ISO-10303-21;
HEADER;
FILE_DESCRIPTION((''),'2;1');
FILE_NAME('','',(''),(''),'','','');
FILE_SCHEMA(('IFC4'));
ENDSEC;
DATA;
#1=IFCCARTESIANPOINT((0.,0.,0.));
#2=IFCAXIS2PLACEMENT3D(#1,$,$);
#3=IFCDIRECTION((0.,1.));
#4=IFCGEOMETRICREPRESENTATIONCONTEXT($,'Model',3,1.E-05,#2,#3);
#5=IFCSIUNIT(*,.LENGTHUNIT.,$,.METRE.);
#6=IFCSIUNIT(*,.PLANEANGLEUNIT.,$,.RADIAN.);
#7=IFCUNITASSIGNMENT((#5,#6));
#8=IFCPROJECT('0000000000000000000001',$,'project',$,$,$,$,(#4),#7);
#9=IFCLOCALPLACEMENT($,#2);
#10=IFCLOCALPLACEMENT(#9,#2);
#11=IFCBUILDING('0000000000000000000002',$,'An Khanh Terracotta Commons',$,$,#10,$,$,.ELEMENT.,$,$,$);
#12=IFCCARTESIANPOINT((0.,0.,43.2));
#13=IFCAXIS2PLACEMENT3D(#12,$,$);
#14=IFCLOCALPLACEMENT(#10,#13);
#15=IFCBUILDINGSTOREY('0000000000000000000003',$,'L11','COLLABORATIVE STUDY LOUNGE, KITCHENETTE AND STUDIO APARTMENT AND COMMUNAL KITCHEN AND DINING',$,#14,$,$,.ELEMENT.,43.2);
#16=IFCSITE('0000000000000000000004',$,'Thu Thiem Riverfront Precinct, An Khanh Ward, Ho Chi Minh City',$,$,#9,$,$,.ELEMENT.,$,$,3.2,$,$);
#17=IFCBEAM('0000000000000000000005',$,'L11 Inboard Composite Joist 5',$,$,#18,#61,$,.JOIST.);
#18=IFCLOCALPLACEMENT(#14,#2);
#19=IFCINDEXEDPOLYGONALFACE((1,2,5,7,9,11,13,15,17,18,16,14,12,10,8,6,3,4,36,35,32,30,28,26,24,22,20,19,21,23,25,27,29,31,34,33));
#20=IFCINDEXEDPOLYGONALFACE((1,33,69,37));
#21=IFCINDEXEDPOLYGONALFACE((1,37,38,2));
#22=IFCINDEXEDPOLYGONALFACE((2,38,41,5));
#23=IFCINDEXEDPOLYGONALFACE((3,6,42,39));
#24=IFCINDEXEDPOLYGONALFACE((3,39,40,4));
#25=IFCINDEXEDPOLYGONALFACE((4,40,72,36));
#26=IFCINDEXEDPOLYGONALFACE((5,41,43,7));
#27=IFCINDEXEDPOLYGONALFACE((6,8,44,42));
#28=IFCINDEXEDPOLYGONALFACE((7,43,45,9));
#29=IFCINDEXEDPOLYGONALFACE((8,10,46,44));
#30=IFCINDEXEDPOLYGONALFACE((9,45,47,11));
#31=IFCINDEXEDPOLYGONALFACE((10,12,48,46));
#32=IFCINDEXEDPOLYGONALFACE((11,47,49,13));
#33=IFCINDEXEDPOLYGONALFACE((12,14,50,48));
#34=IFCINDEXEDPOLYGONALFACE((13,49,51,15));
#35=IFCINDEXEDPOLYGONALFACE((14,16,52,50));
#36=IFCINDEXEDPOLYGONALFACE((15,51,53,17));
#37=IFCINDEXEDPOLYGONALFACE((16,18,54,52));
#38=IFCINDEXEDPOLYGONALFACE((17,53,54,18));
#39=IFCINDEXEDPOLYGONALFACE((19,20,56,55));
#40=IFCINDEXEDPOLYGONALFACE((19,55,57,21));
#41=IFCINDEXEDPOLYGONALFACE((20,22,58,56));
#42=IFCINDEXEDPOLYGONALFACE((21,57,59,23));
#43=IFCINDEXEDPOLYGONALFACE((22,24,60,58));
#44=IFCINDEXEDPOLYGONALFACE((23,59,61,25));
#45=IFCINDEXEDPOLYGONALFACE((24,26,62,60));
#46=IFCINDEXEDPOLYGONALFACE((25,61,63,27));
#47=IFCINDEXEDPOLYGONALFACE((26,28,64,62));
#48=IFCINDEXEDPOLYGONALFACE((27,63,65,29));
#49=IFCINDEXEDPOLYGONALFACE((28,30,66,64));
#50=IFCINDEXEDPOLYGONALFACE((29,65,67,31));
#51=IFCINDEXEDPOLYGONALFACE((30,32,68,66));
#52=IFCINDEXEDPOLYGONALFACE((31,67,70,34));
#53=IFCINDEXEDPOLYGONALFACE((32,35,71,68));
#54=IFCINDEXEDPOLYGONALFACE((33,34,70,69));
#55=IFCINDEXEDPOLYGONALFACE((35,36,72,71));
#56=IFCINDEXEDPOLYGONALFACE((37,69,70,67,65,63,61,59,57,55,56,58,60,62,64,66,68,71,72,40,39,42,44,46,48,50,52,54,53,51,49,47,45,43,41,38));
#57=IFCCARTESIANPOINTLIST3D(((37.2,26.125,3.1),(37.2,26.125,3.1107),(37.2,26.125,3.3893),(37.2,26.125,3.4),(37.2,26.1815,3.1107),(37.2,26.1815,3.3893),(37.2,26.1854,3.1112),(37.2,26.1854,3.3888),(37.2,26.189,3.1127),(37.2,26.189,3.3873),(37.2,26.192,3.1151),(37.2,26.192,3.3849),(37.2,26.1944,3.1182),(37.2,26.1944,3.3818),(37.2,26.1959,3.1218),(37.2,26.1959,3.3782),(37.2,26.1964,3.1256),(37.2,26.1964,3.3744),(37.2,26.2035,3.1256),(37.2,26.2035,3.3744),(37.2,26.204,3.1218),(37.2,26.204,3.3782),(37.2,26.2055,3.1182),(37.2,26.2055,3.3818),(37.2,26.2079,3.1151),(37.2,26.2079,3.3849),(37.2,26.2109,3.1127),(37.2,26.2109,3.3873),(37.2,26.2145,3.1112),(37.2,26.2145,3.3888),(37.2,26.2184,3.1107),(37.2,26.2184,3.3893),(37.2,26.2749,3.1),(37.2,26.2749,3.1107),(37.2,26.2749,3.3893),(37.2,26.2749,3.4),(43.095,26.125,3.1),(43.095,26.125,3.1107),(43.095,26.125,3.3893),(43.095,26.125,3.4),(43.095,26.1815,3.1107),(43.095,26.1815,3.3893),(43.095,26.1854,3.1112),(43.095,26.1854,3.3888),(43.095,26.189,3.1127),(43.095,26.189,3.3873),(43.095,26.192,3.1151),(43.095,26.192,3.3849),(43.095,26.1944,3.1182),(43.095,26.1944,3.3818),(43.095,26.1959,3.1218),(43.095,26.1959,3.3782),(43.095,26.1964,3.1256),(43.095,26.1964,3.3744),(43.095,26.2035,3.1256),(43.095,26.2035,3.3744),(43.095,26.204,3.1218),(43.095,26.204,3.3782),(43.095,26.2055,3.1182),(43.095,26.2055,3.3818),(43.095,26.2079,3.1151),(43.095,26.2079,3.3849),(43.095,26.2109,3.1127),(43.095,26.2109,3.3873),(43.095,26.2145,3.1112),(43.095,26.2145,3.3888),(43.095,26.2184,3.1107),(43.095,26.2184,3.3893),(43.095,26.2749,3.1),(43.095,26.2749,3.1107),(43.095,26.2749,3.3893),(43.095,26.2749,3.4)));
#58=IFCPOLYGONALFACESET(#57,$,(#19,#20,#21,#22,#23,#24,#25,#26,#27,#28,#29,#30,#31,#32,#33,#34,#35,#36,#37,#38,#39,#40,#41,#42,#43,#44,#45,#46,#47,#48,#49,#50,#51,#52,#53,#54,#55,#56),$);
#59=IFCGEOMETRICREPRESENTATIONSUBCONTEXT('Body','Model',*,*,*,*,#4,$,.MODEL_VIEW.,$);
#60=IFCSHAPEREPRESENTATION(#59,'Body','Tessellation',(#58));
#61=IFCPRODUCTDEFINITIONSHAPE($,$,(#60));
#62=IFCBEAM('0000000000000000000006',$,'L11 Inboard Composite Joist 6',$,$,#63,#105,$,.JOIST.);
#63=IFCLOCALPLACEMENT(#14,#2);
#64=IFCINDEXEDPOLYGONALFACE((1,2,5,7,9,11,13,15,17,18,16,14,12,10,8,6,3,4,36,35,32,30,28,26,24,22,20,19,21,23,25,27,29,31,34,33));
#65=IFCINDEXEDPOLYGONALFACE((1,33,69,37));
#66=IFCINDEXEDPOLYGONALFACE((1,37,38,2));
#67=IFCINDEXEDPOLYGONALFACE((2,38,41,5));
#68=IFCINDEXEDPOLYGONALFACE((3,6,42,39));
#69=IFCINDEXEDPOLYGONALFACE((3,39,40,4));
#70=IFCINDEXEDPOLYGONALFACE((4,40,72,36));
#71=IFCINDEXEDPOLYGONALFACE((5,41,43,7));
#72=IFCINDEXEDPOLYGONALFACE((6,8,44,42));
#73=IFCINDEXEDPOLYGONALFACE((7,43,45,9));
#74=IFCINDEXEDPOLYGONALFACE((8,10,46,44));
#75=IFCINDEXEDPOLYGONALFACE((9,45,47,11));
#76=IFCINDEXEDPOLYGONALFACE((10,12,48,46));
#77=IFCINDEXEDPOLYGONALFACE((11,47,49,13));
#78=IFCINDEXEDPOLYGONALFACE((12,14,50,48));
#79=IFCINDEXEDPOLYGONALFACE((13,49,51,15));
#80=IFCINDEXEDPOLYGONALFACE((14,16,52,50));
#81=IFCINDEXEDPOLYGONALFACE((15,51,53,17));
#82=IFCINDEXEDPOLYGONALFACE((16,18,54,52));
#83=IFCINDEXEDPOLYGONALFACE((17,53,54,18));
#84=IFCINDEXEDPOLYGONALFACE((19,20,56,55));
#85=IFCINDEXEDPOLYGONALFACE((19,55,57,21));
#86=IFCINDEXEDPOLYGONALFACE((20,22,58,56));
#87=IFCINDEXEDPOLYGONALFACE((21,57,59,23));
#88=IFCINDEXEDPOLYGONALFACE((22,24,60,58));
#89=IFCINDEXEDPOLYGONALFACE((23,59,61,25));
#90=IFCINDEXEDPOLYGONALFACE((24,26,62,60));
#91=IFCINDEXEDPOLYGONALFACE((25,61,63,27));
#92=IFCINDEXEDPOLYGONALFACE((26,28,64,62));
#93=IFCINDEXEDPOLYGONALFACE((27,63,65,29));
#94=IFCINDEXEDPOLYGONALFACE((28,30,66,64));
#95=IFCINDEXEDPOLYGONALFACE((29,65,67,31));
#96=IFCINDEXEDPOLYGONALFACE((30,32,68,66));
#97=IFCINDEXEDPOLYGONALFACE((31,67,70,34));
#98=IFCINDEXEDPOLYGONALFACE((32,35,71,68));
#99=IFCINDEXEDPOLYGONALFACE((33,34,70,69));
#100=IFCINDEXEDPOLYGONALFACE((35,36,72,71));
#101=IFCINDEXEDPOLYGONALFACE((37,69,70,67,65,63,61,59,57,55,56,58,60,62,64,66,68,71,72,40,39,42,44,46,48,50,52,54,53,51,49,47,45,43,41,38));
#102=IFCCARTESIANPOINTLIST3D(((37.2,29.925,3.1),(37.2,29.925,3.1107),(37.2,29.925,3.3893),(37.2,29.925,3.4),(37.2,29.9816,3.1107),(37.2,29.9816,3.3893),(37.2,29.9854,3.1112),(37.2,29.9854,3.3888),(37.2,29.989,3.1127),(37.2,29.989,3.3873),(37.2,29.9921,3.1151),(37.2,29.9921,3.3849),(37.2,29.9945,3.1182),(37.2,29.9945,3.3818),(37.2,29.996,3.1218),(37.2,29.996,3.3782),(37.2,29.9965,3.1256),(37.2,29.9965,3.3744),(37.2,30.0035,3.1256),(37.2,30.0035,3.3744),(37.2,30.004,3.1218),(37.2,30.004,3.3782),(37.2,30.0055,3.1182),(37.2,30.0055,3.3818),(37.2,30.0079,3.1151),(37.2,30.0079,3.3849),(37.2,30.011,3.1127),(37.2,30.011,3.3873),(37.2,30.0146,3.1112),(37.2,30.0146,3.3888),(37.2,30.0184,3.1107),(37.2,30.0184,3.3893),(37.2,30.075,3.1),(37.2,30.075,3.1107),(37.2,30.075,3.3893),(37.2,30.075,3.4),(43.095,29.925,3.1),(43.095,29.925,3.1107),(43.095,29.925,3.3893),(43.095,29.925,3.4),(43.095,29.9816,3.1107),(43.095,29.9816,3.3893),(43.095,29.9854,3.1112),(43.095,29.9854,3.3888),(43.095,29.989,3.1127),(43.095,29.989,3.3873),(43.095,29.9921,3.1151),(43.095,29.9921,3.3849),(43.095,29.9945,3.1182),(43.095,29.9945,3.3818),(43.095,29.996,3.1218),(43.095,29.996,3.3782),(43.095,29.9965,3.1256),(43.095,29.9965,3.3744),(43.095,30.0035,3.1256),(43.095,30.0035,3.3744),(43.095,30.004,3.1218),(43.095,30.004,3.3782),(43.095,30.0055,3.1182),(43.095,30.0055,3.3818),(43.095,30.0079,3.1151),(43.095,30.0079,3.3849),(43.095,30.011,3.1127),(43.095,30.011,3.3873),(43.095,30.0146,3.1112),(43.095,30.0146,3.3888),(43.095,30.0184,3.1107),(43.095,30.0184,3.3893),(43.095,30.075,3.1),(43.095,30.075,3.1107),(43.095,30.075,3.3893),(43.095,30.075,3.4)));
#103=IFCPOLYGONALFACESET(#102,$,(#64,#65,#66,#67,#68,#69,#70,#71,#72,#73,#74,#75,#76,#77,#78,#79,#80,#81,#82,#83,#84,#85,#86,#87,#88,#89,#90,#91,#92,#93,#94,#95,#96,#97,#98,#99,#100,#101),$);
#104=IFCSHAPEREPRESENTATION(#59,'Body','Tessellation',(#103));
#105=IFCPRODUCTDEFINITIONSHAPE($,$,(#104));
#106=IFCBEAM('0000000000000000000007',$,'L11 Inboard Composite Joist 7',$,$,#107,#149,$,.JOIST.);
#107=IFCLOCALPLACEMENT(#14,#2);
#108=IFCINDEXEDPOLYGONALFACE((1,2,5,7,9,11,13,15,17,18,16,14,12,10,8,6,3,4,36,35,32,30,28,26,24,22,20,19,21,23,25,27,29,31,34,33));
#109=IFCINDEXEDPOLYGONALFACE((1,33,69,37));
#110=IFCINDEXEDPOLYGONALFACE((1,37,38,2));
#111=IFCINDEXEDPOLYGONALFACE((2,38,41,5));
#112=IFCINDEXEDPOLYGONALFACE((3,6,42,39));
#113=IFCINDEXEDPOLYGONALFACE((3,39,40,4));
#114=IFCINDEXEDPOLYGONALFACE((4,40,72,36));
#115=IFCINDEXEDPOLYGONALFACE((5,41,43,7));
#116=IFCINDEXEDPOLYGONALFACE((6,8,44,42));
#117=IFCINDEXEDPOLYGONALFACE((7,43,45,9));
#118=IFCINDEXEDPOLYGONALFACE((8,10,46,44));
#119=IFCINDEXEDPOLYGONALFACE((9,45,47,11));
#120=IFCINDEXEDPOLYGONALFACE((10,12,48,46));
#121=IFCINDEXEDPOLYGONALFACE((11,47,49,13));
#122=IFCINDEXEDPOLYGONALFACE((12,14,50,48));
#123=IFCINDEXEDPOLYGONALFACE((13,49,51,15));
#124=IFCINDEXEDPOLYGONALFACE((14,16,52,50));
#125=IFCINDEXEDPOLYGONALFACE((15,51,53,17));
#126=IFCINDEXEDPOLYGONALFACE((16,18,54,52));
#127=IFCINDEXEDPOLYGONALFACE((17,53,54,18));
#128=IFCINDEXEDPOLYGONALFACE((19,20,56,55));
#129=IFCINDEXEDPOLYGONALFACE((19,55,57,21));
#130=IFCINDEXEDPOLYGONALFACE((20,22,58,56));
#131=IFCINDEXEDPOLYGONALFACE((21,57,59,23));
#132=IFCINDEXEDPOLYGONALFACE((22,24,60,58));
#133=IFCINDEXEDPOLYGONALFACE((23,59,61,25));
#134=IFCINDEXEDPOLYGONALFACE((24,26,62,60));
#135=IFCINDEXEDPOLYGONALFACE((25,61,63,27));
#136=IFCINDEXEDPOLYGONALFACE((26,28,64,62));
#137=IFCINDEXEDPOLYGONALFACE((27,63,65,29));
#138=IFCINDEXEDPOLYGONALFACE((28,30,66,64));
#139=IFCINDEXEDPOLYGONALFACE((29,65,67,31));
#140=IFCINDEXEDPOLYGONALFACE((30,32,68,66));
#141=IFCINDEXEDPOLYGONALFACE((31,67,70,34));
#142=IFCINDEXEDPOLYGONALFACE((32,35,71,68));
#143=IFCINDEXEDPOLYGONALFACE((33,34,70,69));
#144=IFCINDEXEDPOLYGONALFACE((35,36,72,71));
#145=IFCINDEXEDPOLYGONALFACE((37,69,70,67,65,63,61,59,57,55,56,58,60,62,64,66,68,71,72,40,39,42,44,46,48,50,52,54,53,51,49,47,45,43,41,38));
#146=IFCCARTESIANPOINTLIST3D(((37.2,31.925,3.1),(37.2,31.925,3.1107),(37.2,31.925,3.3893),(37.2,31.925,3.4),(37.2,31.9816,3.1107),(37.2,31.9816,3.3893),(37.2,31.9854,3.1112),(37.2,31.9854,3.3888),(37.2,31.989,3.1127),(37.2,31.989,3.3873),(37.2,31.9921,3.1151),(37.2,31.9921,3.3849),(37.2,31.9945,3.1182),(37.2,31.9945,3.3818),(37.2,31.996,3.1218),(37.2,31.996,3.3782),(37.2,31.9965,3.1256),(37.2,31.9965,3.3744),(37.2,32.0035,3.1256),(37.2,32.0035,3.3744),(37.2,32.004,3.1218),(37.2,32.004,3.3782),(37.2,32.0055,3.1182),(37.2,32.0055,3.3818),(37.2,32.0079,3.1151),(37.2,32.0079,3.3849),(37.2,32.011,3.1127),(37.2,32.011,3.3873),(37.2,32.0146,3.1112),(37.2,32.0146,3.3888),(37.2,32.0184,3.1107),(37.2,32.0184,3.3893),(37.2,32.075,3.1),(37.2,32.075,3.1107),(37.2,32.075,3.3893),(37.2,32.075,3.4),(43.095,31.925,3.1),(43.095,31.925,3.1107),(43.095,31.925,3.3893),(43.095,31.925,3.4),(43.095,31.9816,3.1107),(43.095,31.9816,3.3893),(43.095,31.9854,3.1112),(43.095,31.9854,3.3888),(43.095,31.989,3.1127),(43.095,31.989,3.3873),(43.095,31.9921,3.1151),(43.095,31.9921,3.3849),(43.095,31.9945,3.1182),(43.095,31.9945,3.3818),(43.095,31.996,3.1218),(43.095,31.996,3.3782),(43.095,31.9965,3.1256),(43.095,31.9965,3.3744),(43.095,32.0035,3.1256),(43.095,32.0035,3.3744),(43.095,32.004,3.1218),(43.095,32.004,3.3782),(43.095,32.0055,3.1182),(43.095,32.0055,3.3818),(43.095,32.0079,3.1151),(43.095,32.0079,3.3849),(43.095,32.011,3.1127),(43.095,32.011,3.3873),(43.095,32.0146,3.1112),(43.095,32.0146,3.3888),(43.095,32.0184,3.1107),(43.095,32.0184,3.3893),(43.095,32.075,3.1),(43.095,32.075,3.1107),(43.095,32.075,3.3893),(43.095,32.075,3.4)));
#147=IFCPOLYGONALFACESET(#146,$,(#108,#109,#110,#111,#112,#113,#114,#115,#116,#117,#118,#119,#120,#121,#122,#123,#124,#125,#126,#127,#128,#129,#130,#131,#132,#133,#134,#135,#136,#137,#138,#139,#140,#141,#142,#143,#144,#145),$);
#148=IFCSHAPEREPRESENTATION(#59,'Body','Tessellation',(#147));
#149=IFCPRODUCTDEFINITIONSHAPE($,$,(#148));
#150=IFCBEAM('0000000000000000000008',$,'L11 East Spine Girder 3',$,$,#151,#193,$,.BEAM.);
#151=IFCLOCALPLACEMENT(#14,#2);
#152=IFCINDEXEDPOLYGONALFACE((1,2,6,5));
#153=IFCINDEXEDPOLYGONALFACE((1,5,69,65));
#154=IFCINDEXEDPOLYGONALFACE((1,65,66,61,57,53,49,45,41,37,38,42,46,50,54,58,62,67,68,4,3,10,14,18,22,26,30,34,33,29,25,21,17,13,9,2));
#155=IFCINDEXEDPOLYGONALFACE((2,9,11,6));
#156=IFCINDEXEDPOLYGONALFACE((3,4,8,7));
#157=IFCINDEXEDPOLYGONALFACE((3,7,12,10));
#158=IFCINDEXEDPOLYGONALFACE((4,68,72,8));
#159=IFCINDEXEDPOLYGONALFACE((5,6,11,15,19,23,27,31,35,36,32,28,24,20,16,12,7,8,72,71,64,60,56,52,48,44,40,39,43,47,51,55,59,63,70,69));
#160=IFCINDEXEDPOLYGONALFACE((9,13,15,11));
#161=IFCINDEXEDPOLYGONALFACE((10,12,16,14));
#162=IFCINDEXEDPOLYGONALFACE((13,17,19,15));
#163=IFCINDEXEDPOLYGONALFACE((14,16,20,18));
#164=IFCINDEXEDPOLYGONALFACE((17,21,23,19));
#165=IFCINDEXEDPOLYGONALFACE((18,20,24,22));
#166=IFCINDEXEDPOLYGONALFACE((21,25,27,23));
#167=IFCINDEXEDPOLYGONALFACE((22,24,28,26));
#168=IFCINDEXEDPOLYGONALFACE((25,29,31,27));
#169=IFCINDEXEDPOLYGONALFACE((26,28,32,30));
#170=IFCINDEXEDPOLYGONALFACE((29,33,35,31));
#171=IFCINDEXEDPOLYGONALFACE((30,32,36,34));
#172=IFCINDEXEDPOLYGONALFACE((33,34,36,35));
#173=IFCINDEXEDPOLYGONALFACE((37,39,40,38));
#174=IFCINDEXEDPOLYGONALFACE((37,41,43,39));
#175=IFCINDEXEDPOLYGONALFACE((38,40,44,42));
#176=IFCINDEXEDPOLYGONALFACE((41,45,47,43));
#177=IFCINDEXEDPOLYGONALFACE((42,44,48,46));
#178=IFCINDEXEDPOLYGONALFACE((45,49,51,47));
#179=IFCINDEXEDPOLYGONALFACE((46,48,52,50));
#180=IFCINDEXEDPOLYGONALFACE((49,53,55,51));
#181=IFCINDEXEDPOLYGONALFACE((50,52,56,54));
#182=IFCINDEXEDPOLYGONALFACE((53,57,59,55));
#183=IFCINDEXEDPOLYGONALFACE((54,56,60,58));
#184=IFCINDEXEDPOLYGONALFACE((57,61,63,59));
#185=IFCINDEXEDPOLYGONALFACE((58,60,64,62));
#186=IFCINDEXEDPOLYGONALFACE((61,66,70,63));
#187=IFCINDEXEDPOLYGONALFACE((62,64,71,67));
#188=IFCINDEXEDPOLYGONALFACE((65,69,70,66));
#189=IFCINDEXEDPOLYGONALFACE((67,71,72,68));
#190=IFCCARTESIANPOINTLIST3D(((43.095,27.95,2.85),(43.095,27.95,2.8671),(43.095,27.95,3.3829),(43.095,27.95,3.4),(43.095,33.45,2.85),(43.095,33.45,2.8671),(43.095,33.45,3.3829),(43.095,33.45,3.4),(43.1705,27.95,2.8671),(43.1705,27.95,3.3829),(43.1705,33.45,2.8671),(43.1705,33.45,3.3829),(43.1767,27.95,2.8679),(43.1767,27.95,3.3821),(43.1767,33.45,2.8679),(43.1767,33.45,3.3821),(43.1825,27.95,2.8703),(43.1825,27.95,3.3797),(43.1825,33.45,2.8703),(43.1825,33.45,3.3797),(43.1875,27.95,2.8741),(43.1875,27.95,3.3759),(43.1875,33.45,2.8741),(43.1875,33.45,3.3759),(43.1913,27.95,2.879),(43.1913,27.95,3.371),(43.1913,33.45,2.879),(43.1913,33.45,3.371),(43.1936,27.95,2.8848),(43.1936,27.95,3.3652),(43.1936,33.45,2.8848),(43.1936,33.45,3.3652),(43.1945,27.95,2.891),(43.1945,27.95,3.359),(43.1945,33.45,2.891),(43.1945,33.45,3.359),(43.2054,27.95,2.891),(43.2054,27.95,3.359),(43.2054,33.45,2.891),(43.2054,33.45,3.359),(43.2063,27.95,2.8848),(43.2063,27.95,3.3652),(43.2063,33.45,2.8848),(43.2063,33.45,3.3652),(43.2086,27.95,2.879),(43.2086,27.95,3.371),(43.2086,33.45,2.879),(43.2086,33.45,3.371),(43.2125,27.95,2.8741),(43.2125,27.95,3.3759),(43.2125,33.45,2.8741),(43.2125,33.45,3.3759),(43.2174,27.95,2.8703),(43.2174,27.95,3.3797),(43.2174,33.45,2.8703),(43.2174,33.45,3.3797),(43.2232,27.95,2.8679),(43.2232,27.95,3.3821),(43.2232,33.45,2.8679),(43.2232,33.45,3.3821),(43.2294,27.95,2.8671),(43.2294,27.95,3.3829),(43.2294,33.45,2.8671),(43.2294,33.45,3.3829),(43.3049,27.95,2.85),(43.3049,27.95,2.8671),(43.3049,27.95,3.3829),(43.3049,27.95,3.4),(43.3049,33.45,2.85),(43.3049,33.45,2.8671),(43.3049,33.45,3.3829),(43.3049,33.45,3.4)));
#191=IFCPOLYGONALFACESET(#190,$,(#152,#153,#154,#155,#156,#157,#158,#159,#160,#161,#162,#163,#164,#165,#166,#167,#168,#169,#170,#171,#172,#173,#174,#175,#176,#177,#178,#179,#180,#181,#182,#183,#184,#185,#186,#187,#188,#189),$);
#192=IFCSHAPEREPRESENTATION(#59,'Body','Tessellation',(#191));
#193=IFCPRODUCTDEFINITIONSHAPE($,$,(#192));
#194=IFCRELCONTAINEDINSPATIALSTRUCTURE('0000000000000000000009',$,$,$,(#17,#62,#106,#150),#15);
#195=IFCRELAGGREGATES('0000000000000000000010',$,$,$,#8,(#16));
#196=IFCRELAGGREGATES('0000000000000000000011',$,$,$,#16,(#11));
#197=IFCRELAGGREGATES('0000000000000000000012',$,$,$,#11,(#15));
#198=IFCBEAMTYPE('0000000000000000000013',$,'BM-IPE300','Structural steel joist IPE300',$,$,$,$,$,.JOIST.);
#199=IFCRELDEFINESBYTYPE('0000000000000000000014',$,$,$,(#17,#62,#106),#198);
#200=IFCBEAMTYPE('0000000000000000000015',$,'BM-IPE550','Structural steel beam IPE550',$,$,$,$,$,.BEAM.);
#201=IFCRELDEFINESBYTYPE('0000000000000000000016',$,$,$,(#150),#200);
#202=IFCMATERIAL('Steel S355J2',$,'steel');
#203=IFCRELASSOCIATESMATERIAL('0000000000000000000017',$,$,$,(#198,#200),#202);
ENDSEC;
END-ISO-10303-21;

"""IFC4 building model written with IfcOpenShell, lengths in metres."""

from ifc_helpers import new_model, si_unit, direction, frame, origin, origin_2d, place, context, subcontext, project, spatial, i_section, extrude, material, material_profile, profile_set, type_object, element, save


model = new_model("IFC4")

# Units and contexts
model_context = context("Model", 3, precision=1e-05, world=origin(), true_north=direction((0.0, 1.0)))
body_context = subcontext(model_context, "Body", "Model", "MODEL_VIEW")
ifc_project = project(units=[si_unit("LENGTHUNIT", "METRE"), si_unit("PLANEANGLEUNIT", "RADIAN")], contexts=[model_context])

# Site, building, storey
site_placement = place(None, origin())
site = spatial("IfcSite", under=ifc_project, at=site_placement, Name="Thu Thiem Riverfront Precinct, An Khanh Ward, Ho Chi Minh City", CompositionType="ELEMENT", RefElevation=3.2)
building_placement = place(site_placement, origin())
building = spatial("IfcBuilding", under=site, at=building_placement, Name="An Khanh Terracotta Commons", CompositionType="ELEMENT")
storey_placement = place(building_placement, frame((0.0, 0.0, 43.2)))
storey = spatial("IfcBuildingStorey", under=building, at=storey_placement, Name="L11", Description="COLLABORATIVE STUDY LOUNGE, KITCHENETTE AND STUDIO APARTMENT AND COMMUNAL KITCHEN AND DINING", CompositionType="ELEMENT", Elevation=43.2)

# Beams
ifc_material_1 = material(Name="Steel S355J2", Category="steel")
ifc_material_profile_1 = material_profile(ifc_material_1, i_section(OverallWidth=0.1499, OverallDepth=0.3, WebThickness=0.0071, FlangeThickness=0.0107, FilletRadius=0.0149, at=origin_2d()), Name="IPE300")
ifc_profile_set_1 = profile_set([ifc_material_profile_1], Name="Steel S355J2")
beam_type_1 = type_object("IfcBeamType", Name="BM-IPE300", Description="Structural steel joist IPE300", PredefinedType="JOIST", material=ifc_profile_set_1)
for number, where, z_axis, x_axis, name in (
    (1, (37.2, 26.2, 3.25), (1.0, 0.0, 0.0), (0.0, 1.0, 0.0), "L11 Inboard Composite Joist 5"),
    (2, (37.2, 30.0, 3.25), (1.0, 0.0, 0.0), (0.0, 1.0, 0.0), "L11 Inboard Composite Joist 6"),
    (3, (37.2, 32.0, 3.25), (1.0, 0.0, 0.0), (0.0, 1.0, 0.0), "L11 Inboard Composite Joist 7"),
):
    element("IfcBeam", number, at=place(storey_placement, frame(where, z_axis=z_axis, x_axis=x_axis)), inside=storey, type_object=beam_type_1, Name=name, PredefinedType="JOIST", context=body_context, shape_type="SweptSolid", body=[
        extrude(i_section(OverallWidth=0.1499, OverallDepth=0.3, WebThickness=0.0071, FlangeThickness=0.0107, FilletRadius=0.0149, at=origin_2d()), origin(), (0.0, 0.0, 1.0), 5.895),
    ])
ifc_material_profile_2 = material_profile(ifc_material_1, i_section(OverallWidth=0.21, OverallDepth=0.55, WebThickness=0.011, FlangeThickness=0.0171, FilletRadius=0.0239, at=origin_2d()), Name="IPE550")
ifc_profile_set_2 = profile_set([ifc_material_profile_2], Name="Steel S355J2")
beam_type_2 = type_object("IfcBeamType", Name="BM-IPE550", Description="Structural steel beam IPE550", PredefinedType="BEAM", material=ifc_profile_set_2)
beam_1_placement = place(storey_placement, frame((43.2, 27.95, 3.125), z_axis=(0.0, 1.0, 0.0), x_axis=(-1.0, 0.0, 0.0)))
element("IfcBeam", 4, at=beam_1_placement, inside=storey, type_object=beam_type_2, Name="L11 East Spine Girder 3", PredefinedType="BEAM", context=body_context, shape_type="SweptSolid", body=[
    extrude(i_section(OverallWidth=0.21, OverallDepth=0.55, WebThickness=0.011, FlangeThickness=0.0171, FilletRadius=0.0239, at=origin_2d()), origin(), (0.0, 0.0, 1.0), 5.5),
])

save(model, "model.ifc")
